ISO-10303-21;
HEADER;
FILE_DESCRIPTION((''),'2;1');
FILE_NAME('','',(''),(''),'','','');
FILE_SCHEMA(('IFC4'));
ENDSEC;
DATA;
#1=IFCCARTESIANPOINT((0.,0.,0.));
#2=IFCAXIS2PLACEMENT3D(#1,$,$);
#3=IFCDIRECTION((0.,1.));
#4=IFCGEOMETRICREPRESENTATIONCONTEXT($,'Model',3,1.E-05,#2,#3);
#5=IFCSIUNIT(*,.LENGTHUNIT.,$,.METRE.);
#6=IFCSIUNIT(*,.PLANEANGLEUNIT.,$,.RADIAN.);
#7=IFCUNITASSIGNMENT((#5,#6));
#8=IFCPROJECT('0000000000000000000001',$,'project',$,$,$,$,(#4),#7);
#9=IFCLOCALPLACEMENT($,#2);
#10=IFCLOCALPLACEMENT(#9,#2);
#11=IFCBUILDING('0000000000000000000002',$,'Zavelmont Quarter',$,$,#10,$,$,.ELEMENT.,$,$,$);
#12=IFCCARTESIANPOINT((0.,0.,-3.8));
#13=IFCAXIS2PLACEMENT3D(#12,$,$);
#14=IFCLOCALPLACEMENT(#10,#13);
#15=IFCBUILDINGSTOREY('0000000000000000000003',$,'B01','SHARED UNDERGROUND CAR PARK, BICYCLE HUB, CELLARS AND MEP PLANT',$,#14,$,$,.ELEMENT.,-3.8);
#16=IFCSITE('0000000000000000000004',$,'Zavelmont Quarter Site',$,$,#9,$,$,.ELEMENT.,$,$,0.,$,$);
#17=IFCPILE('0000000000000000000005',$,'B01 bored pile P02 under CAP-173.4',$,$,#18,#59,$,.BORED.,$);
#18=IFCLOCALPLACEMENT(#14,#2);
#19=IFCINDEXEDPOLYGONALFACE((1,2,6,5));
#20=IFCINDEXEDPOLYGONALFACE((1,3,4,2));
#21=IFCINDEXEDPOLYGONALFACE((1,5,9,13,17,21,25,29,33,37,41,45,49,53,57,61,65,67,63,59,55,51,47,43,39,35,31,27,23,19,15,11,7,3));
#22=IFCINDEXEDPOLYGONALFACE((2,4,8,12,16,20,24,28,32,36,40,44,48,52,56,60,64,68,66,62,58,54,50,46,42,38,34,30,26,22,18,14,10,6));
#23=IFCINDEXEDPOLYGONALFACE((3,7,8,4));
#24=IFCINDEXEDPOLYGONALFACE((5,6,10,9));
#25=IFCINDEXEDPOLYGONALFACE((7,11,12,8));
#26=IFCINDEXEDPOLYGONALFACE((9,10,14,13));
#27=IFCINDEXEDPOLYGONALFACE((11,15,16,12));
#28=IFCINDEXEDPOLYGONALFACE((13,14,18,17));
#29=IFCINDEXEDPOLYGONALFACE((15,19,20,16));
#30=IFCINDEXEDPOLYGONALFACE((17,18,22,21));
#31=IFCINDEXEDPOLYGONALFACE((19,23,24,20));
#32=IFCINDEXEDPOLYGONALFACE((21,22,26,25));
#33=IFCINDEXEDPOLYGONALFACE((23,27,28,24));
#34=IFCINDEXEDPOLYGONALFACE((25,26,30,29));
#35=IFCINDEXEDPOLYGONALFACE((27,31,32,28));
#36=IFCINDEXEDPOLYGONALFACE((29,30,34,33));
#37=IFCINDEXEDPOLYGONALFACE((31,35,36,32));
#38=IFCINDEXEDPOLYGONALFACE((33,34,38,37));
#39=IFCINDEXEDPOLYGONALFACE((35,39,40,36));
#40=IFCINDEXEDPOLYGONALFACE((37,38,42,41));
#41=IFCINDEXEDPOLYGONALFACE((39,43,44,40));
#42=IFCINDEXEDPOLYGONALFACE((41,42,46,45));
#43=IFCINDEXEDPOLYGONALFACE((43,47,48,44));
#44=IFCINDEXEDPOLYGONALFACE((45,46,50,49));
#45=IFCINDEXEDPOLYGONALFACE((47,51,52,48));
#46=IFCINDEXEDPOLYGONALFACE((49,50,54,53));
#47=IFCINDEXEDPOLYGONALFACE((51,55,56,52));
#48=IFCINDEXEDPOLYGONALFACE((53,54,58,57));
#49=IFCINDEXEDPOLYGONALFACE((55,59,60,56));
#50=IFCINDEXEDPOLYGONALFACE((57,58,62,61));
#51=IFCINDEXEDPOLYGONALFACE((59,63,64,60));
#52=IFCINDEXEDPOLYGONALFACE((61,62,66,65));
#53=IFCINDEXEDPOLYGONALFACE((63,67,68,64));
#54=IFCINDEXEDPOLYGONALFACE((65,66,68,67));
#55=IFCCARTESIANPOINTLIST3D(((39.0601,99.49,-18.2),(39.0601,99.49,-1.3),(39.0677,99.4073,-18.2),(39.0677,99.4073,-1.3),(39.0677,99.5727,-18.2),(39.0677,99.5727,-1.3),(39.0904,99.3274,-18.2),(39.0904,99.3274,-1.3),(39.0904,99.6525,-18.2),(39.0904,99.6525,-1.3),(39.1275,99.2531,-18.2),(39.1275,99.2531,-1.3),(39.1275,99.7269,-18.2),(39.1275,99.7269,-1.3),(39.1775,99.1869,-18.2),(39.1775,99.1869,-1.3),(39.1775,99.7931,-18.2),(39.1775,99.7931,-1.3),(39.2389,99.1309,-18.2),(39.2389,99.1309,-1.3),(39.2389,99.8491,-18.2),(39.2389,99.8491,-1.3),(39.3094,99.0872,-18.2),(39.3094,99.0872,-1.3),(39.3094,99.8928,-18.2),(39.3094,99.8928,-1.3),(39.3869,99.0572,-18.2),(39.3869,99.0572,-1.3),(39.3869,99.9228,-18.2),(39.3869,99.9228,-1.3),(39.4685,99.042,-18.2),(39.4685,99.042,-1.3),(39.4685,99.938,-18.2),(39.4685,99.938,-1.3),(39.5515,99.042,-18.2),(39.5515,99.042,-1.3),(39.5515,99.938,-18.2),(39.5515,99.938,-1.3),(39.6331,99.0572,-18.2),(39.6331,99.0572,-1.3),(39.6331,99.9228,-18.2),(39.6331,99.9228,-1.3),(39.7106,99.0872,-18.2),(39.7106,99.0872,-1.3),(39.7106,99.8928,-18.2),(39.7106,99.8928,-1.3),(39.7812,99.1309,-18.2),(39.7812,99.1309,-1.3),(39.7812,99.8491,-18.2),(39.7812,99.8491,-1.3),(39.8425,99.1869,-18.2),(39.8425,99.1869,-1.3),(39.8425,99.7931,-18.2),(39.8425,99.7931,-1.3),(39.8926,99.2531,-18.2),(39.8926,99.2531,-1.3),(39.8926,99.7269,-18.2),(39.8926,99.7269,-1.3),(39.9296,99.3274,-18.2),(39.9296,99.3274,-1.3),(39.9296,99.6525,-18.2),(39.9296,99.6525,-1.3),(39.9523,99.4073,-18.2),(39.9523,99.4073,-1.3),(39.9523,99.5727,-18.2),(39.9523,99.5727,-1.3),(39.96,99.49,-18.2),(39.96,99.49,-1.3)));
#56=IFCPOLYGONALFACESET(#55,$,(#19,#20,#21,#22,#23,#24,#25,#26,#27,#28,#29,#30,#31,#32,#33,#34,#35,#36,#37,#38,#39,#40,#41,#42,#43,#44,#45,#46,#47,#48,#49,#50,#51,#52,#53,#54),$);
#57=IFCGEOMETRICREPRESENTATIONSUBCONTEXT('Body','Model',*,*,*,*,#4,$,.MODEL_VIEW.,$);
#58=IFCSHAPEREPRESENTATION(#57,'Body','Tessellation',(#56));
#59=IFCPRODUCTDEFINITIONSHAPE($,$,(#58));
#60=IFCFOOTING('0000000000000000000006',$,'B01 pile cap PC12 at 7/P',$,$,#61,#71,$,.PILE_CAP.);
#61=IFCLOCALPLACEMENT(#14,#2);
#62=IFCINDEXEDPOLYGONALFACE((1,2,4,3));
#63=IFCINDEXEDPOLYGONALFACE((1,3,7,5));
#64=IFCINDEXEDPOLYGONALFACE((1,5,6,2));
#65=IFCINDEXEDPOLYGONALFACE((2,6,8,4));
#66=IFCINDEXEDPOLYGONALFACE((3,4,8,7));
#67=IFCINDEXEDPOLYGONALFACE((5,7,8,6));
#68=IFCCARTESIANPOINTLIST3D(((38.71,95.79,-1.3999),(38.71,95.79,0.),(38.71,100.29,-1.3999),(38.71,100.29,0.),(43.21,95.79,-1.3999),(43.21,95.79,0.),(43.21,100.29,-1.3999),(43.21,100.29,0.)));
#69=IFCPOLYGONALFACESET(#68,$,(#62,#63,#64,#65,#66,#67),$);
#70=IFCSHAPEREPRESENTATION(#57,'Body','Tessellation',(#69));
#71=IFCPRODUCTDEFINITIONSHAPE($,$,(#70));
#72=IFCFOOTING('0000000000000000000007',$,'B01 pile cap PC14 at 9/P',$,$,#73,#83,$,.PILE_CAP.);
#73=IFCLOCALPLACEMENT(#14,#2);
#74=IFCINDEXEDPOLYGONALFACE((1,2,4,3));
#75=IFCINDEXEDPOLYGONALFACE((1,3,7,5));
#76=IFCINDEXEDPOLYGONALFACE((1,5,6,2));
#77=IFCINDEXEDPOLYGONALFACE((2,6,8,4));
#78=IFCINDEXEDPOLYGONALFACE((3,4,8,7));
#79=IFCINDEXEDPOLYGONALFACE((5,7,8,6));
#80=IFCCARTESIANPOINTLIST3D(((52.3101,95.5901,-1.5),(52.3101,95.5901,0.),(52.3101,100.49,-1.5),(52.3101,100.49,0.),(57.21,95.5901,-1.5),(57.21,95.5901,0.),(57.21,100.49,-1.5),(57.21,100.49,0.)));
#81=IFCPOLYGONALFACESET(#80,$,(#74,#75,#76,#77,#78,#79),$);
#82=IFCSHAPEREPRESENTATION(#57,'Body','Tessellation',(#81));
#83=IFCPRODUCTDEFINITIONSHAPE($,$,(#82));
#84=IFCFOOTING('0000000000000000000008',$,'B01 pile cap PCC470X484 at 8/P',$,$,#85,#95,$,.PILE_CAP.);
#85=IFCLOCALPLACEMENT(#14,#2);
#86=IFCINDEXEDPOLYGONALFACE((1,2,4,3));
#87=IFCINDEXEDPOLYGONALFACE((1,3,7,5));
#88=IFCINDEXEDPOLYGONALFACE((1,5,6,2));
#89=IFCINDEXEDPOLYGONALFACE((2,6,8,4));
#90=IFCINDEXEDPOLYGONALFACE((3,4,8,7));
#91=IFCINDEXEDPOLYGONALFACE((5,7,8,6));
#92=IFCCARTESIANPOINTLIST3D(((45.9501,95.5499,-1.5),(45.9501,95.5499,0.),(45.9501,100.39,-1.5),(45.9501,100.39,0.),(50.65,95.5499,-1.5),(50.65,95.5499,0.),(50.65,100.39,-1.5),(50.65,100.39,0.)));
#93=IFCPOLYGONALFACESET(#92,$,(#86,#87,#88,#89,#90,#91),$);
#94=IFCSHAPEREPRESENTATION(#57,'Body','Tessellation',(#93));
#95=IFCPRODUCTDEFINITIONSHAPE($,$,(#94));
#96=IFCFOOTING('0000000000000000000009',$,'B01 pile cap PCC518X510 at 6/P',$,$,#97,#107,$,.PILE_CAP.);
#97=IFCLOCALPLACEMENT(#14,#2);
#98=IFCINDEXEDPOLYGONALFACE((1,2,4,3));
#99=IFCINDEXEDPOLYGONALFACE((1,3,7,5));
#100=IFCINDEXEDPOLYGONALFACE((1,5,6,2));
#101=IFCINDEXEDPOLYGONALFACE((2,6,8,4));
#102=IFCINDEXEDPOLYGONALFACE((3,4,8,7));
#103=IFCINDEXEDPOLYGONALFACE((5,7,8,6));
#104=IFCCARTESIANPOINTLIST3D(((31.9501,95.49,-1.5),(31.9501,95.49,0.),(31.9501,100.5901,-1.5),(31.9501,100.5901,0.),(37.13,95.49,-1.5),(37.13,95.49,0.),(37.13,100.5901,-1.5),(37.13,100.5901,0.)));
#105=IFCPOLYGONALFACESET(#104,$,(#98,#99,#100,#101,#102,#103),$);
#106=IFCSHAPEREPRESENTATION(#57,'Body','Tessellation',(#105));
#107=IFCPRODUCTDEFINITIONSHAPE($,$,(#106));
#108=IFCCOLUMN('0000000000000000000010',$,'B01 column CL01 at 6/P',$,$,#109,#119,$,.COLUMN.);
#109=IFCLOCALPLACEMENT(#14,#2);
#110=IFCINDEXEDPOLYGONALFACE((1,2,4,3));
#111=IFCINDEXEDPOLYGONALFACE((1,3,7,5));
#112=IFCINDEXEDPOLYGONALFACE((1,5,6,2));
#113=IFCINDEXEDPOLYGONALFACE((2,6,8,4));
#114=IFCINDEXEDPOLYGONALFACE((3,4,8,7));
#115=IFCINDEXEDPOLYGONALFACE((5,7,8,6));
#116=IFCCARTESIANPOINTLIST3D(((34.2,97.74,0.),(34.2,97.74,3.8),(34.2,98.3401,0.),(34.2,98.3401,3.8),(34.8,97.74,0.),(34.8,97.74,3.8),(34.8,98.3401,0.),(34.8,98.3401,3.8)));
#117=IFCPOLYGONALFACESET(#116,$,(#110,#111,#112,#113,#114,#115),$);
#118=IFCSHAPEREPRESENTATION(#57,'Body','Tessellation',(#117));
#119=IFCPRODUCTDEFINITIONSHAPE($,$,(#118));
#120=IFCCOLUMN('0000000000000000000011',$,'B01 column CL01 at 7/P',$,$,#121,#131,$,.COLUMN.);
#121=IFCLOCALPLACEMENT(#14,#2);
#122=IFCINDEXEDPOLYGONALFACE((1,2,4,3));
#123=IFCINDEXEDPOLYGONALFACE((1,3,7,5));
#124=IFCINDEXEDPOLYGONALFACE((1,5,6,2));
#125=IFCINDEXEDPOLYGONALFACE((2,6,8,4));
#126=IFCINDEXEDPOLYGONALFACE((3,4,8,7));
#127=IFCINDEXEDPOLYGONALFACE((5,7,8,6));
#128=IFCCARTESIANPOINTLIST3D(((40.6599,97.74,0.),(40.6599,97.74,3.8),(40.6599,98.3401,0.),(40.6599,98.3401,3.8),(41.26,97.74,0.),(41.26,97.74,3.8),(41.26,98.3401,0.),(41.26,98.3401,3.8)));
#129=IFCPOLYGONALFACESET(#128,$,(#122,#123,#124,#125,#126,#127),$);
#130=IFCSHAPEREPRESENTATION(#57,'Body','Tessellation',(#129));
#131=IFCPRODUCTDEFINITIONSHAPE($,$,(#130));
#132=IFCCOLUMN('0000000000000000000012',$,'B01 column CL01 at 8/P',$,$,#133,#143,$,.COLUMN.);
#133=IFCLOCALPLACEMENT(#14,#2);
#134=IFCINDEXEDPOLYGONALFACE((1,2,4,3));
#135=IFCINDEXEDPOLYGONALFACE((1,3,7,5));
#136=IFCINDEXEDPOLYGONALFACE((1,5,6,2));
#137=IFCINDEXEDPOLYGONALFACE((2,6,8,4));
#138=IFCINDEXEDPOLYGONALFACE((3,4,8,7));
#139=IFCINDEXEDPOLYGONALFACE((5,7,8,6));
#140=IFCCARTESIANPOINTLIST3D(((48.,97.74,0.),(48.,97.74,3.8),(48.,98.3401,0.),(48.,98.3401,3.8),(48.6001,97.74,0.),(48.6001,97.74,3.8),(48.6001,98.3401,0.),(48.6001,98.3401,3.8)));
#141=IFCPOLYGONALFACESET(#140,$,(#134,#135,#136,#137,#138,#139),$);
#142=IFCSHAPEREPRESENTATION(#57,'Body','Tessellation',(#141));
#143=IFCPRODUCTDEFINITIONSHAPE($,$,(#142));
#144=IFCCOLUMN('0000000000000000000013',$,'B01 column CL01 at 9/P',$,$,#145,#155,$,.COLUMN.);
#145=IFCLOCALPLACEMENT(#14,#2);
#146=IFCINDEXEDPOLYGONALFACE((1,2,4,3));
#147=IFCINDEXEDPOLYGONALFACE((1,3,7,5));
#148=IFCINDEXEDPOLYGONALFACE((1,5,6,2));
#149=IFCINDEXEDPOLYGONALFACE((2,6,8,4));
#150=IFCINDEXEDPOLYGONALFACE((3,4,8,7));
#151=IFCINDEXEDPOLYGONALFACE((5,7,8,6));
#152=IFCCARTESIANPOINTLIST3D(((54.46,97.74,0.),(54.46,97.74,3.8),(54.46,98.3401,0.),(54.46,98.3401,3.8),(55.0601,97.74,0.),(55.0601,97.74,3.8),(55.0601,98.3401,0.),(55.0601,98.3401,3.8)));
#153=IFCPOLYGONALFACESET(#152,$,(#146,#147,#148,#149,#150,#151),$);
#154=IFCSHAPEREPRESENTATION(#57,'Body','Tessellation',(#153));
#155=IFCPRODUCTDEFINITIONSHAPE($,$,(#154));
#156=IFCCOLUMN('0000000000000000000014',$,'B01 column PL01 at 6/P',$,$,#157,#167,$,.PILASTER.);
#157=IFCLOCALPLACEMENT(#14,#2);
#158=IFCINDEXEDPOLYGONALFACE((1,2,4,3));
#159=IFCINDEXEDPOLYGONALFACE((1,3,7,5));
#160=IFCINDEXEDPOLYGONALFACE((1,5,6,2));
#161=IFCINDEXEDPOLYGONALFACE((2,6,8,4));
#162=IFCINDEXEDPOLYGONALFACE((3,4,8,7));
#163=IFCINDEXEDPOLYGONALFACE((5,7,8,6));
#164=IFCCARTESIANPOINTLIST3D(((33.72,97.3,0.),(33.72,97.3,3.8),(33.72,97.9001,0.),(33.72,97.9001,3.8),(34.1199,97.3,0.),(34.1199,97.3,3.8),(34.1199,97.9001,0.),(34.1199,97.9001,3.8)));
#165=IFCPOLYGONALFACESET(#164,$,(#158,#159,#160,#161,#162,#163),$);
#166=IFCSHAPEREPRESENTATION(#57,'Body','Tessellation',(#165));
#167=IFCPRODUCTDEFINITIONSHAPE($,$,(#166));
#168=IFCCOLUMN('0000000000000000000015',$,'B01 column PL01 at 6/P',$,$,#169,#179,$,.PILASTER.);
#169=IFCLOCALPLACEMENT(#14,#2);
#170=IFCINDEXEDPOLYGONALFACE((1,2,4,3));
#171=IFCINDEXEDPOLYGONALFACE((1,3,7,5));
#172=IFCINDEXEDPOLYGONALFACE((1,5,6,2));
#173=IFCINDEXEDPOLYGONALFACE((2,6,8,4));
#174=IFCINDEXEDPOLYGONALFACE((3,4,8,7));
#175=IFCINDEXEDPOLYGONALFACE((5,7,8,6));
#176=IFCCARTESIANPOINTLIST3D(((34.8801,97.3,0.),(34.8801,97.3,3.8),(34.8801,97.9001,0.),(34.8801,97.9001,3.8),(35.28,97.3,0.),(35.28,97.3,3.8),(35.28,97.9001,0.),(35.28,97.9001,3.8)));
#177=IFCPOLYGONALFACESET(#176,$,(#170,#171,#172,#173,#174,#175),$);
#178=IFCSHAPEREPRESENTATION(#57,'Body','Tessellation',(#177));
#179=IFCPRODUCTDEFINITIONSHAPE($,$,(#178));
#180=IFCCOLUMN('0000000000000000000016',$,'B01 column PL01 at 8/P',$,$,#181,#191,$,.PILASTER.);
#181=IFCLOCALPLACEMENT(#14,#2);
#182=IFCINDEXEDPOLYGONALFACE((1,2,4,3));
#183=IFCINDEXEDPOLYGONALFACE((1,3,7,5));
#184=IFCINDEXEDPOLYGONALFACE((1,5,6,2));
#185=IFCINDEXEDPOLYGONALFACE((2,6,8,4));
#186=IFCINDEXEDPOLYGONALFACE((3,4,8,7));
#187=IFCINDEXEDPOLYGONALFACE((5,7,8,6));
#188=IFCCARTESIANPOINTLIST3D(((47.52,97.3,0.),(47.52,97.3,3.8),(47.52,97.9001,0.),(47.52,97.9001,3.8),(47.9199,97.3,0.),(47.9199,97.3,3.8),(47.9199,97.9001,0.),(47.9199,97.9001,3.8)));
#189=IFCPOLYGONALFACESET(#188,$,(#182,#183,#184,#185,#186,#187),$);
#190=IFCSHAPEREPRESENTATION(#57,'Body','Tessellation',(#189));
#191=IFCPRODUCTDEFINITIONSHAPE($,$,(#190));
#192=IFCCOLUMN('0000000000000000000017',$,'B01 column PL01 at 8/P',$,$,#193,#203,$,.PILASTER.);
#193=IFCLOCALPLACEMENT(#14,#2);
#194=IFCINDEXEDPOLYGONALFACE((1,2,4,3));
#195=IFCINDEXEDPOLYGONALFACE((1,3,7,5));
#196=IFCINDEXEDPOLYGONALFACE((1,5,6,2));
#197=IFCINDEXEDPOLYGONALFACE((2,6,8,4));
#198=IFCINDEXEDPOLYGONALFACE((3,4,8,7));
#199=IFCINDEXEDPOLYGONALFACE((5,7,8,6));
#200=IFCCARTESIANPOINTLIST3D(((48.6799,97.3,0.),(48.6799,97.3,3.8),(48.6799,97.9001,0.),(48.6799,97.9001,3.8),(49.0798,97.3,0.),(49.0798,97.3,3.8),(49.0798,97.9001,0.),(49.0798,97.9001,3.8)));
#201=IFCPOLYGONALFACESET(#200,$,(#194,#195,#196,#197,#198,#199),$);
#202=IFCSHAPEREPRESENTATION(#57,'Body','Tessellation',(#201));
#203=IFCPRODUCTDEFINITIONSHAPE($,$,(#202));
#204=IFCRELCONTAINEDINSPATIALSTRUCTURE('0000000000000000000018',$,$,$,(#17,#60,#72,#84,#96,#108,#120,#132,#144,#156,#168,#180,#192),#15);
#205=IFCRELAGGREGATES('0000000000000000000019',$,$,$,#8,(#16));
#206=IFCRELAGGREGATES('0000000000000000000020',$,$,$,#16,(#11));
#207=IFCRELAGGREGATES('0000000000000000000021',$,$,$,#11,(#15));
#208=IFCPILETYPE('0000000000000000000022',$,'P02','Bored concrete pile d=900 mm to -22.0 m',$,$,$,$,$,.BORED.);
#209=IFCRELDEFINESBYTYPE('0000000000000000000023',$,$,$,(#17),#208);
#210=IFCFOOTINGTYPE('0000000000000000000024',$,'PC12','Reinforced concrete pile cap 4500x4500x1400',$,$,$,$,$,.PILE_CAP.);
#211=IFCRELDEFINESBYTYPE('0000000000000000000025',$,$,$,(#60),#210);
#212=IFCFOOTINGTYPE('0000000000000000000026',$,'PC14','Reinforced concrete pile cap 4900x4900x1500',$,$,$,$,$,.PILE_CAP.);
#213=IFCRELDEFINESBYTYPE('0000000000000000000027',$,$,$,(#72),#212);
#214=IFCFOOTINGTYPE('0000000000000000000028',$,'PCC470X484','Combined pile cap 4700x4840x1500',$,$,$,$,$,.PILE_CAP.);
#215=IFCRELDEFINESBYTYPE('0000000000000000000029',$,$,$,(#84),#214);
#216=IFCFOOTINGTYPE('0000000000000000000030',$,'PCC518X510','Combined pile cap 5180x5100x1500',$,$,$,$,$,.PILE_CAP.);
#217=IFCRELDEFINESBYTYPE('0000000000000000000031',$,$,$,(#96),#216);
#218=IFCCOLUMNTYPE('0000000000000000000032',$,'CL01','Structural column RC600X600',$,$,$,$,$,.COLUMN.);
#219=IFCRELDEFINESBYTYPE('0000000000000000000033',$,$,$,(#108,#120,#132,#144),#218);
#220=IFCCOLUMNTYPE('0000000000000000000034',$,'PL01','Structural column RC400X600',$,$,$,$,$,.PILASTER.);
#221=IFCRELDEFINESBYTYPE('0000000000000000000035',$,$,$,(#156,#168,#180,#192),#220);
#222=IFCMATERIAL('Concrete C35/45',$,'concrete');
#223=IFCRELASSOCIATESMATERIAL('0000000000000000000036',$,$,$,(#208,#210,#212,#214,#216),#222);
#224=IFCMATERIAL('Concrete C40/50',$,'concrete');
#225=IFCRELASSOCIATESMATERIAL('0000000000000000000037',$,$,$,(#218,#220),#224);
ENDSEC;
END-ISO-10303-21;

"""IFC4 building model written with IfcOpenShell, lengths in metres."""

from ifc_helpers import new_model, si_unit, direction, frame, origin, origin_2d, place, context, subcontext, project, spatial, rectangle, circle, extrude, material, material_profile, profile_set, type_object, element, save


model = new_model("IFC4")

# Units and contexts
model_context = context("Model", 3, precision=1e-05, world=origin(), true_north=direction((0.0, 1.0)))
body_context = subcontext(model_context, "Body", "Model", "MODEL_VIEW")
ifc_project = project(units=[si_unit("LENGTHUNIT", "METRE"), si_unit("PLANEANGLEUNIT", "RADIAN")], contexts=[model_context])

# Site, building, storey
site_placement = place(None, origin())
site = spatial("IfcSite", under=ifc_project, at=site_placement, Name="Zavelmont Quarter Site", CompositionType="ELEMENT", RefElevation=0.0)
building_placement = place(site_placement, origin())
building = spatial("IfcBuilding", under=site, at=building_placement, Name="Zavelmont Quarter", CompositionType="ELEMENT")
storey_placement = place(building_placement, frame((0.0, 0.0, -3.8)))
storey = spatial("IfcBuildingStorey", under=building, at=storey_placement, Name="B01", Description="SHARED UNDERGROUND CAR PARK, BICYCLE HUB, CELLARS AND MEP PLANT", CompositionType="ELEMENT", Elevation=-3.8)

# Shared definitions
ifc_material_1 = material(Name="Concrete C35/45", Category="concrete")

# Pile
ifc_material_profile_1 = material_profile(ifc_material_1, circle(Radius=0.45, at=origin_2d()), Name="BP900")
ifc_profile_set_1 = profile_set([ifc_material_profile_1], Name="Concrete C35/45")
pile_type_1 = type_object("IfcPileType", Name="P02", Description="Bored concrete pile d=900 mm to -22.0 m", PredefinedType="BORED", material=ifc_profile_set_1)
for number, where, z_axis, x_axis, name in (
    (1, (39.51, 99.49, -1.3), (0.0, 0.0, -1.0), (1.0, 0.0, 0.0), "B01 bored pile P02 under CAP-173.4"),
):
    element("IfcPile", number, at=place(storey_placement, frame(where, z_axis=z_axis, x_axis=x_axis)), inside=storey, type_object=pile_type_1, Name=name, PredefinedType="BORED", context=body_context, shape_type="SweptSolid", body=[
        extrude(circle(Radius=0.45, at=origin_2d()), origin(), (0.0, 0.0, 1.0), 16.8999),
    ])

# Footings
footing_type_1 = type_object("IfcFootingType", Name="PC12", Description="Reinforced concrete pile cap 4500x4500x1400", PredefinedType="PILE_CAP", material=ifc_material_1)
footing_1_placement = place(storey_placement, frame((40.96, 98.04, -1.3999), z_axis=(0.0, 0.0, 1.0), x_axis=(1.0, 0.0, 0.0)))
element("IfcFooting", 2, at=footing_1_placement, inside=storey, type_object=footing_type_1, Name="B01 pile cap PC12 at 7/P", PredefinedType="PILE_CAP", context=body_context, shape_type="SweptSolid", body=[
    extrude(rectangle(XDim=4.5, YDim=4.5, at=origin_2d()), origin(), (0.0, 0.0, 1.0), 1.3999),
])
footing_type_2 = type_object("IfcFootingType", Name="PC14", Description="Reinforced concrete pile cap 4900x4900x1500", PredefinedType="PILE_CAP", material=ifc_material_1)
footing_2_placement = place(storey_placement, frame((54.76, 98.04, -1.5), z_axis=(0.0, 0.0, 1.0), x_axis=(1.0, 0.0, 0.0)))
element("IfcFooting", 3, at=footing_2_placement, inside=storey, type_object=footing_type_2, Name="B01 pile cap PC14 at 9/P", PredefinedType="PILE_CAP", context=body_context, shape_type="SweptSolid", body=[
    extrude(rectangle(XDim=4.8999, YDim=4.8999, at=origin_2d()), origin(), (0.0, 0.0, 1.0), 1.5),
])
footing_type_3 = type_object("IfcFootingType", Name="PCC470X484", Description="Combined pile cap 4700x4840x1500", PredefinedType="PILE_CAP", material=ifc_material_1)
footing_3_placement = place(storey_placement, frame((48.3, 97.97, -1.5), z_axis=(0.0, 0.0, 1.0), x_axis=(1.0, 0.0, 0.0)))
element("IfcFooting", 4, at=footing_3_placement, inside=storey, type_object=footing_type_3, Name="B01 pile cap PCC470X484 at 8/P", PredefinedType="PILE_CAP", context=body_context, shape_type="SweptSolid", body=[
    extrude(rectangle(XDim=4.7, YDim=4.8401, at=origin_2d()), origin(), (0.0, 0.0, 1.0), 1.5),
])
footing_type_4 = type_object("IfcFootingType", Name="PCC518X510", Description="Combined pile cap 5180x5100x1500", PredefinedType="PILE_CAP", material=ifc_material_1)
footing_4_placement = place(storey_placement, frame((34.54, 98.04, -1.5), z_axis=(0.0, 0.0, 1.0), x_axis=(1.0, 0.0, 0.0)))
element("IfcFooting", 5, at=footing_4_placement, inside=storey, type_object=footing_type_4, Name="B01 pile cap PCC518X510 at 6/P", PredefinedType="PILE_CAP", context=body_context, shape_type="SweptSolid", body=[
    extrude(rectangle(XDim=5.1799, YDim=5.1001, at=origin_2d()), origin(), (0.0, 0.0, 1.0), 1.5),
])

# Columns
ifc_material_2 = material(Name="Concrete C40/50", Category="concrete")
ifc_material_profile_2 = material_profile(ifc_material_2, rectangle(XDim=0.6001, YDim=0.6001, at=origin_2d()), Name="RC600X600")
ifc_profile_set_2 = profile_set([ifc_material_profile_2], Name="Concrete C40/50")
column_type_1 = type_object("IfcColumnType", Name="CL01", Description="Structural column RC600X600", PredefinedType="COLUMN", material=ifc_profile_set_2)
for number, where, z_axis, x_axis, name in (
    (6, (34.5, 98.04, 0.0), (0.0, 0.0, 1.0), (1.0, 0.0, 0.0), "B01 column CL01 at 6/P"),
    (7, (40.96, 98.04, 0.0), (0.0, 0.0, 1.0), (1.0, 0.0, 0.0), "B01 column CL01 at 7/P"),
    (8, (48.3, 98.04, 0.0), (0.0, 0.0, 1.0), (1.0, 0.0, 0.0), "B01 column CL01 at 8/P"),
    (9, (54.76, 98.04, 0.0), (0.0, 0.0, 1.0), (1.0, 0.0, 0.0), "B01 column CL01 at 9/P"),
):
    element("IfcColumn", number, at=place(storey_placement, frame(where, z_axis=z_axis, x_axis=x_axis)), inside=storey, type_object=column_type_1, Name=name, PredefinedType="COLUMN", context=body_context, shape_type="SweptSolid", body=[
        extrude(rectangle(XDim=0.6001, YDim=0.6001, at=origin_2d()), origin(), (0.0, 0.0, 1.0), 3.8),
    ])
ifc_material_profile_3 = material_profile(ifc_material_2, rectangle(XDim=0.3999, YDim=0.6001, at=origin_2d()), Name="RC400X600")
ifc_profile_set_3 = profile_set([ifc_material_profile_3], Name="Concrete C40/50")
column_type_2 = type_object("IfcColumnType", Name="PL01", Description="Structural column RC400X600", PredefinedType="PILASTER", material=ifc_profile_set_3)
for number, where, z_axis, x_axis, name in (
    (10, (33.9199, 97.6001, 0.0), (0.0, 0.0, 1.0), (1.0, 0.0, 0.0), "B01 column PL01 at 6/P"),
    (11, (35.0801, 97.6001, 0.0), (0.0, 0.0, 1.0), (1.0, 0.0, 0.0), "B01 column PL01 at 6/P"),
    (12, (47.72, 97.6001, 0.0), (0.0, 0.0, 1.0), (1.0, 0.0, 0.0), "B01 column PL01 at 8/P"),
    (13, (48.8799, 97.6001, 0.0), (0.0, 0.0, 1.0), (1.0, 0.0, 0.0), "B01 column PL01 at 8/P"),
):
    element("IfcColumn", number, at=place(storey_placement, frame(where, z_axis=z_axis, x_axis=x_axis)), inside=storey, type_object=column_type_2, Name=name, PredefinedType="PILASTER", context=body_context, shape_type="SweptSolid", body=[
        extrude(rectangle(XDim=0.3999, YDim=0.6001, at=origin_2d()), origin(), (0.0, 0.0, 1.0), 3.8),
    ])

save(model, "model.ifc")
